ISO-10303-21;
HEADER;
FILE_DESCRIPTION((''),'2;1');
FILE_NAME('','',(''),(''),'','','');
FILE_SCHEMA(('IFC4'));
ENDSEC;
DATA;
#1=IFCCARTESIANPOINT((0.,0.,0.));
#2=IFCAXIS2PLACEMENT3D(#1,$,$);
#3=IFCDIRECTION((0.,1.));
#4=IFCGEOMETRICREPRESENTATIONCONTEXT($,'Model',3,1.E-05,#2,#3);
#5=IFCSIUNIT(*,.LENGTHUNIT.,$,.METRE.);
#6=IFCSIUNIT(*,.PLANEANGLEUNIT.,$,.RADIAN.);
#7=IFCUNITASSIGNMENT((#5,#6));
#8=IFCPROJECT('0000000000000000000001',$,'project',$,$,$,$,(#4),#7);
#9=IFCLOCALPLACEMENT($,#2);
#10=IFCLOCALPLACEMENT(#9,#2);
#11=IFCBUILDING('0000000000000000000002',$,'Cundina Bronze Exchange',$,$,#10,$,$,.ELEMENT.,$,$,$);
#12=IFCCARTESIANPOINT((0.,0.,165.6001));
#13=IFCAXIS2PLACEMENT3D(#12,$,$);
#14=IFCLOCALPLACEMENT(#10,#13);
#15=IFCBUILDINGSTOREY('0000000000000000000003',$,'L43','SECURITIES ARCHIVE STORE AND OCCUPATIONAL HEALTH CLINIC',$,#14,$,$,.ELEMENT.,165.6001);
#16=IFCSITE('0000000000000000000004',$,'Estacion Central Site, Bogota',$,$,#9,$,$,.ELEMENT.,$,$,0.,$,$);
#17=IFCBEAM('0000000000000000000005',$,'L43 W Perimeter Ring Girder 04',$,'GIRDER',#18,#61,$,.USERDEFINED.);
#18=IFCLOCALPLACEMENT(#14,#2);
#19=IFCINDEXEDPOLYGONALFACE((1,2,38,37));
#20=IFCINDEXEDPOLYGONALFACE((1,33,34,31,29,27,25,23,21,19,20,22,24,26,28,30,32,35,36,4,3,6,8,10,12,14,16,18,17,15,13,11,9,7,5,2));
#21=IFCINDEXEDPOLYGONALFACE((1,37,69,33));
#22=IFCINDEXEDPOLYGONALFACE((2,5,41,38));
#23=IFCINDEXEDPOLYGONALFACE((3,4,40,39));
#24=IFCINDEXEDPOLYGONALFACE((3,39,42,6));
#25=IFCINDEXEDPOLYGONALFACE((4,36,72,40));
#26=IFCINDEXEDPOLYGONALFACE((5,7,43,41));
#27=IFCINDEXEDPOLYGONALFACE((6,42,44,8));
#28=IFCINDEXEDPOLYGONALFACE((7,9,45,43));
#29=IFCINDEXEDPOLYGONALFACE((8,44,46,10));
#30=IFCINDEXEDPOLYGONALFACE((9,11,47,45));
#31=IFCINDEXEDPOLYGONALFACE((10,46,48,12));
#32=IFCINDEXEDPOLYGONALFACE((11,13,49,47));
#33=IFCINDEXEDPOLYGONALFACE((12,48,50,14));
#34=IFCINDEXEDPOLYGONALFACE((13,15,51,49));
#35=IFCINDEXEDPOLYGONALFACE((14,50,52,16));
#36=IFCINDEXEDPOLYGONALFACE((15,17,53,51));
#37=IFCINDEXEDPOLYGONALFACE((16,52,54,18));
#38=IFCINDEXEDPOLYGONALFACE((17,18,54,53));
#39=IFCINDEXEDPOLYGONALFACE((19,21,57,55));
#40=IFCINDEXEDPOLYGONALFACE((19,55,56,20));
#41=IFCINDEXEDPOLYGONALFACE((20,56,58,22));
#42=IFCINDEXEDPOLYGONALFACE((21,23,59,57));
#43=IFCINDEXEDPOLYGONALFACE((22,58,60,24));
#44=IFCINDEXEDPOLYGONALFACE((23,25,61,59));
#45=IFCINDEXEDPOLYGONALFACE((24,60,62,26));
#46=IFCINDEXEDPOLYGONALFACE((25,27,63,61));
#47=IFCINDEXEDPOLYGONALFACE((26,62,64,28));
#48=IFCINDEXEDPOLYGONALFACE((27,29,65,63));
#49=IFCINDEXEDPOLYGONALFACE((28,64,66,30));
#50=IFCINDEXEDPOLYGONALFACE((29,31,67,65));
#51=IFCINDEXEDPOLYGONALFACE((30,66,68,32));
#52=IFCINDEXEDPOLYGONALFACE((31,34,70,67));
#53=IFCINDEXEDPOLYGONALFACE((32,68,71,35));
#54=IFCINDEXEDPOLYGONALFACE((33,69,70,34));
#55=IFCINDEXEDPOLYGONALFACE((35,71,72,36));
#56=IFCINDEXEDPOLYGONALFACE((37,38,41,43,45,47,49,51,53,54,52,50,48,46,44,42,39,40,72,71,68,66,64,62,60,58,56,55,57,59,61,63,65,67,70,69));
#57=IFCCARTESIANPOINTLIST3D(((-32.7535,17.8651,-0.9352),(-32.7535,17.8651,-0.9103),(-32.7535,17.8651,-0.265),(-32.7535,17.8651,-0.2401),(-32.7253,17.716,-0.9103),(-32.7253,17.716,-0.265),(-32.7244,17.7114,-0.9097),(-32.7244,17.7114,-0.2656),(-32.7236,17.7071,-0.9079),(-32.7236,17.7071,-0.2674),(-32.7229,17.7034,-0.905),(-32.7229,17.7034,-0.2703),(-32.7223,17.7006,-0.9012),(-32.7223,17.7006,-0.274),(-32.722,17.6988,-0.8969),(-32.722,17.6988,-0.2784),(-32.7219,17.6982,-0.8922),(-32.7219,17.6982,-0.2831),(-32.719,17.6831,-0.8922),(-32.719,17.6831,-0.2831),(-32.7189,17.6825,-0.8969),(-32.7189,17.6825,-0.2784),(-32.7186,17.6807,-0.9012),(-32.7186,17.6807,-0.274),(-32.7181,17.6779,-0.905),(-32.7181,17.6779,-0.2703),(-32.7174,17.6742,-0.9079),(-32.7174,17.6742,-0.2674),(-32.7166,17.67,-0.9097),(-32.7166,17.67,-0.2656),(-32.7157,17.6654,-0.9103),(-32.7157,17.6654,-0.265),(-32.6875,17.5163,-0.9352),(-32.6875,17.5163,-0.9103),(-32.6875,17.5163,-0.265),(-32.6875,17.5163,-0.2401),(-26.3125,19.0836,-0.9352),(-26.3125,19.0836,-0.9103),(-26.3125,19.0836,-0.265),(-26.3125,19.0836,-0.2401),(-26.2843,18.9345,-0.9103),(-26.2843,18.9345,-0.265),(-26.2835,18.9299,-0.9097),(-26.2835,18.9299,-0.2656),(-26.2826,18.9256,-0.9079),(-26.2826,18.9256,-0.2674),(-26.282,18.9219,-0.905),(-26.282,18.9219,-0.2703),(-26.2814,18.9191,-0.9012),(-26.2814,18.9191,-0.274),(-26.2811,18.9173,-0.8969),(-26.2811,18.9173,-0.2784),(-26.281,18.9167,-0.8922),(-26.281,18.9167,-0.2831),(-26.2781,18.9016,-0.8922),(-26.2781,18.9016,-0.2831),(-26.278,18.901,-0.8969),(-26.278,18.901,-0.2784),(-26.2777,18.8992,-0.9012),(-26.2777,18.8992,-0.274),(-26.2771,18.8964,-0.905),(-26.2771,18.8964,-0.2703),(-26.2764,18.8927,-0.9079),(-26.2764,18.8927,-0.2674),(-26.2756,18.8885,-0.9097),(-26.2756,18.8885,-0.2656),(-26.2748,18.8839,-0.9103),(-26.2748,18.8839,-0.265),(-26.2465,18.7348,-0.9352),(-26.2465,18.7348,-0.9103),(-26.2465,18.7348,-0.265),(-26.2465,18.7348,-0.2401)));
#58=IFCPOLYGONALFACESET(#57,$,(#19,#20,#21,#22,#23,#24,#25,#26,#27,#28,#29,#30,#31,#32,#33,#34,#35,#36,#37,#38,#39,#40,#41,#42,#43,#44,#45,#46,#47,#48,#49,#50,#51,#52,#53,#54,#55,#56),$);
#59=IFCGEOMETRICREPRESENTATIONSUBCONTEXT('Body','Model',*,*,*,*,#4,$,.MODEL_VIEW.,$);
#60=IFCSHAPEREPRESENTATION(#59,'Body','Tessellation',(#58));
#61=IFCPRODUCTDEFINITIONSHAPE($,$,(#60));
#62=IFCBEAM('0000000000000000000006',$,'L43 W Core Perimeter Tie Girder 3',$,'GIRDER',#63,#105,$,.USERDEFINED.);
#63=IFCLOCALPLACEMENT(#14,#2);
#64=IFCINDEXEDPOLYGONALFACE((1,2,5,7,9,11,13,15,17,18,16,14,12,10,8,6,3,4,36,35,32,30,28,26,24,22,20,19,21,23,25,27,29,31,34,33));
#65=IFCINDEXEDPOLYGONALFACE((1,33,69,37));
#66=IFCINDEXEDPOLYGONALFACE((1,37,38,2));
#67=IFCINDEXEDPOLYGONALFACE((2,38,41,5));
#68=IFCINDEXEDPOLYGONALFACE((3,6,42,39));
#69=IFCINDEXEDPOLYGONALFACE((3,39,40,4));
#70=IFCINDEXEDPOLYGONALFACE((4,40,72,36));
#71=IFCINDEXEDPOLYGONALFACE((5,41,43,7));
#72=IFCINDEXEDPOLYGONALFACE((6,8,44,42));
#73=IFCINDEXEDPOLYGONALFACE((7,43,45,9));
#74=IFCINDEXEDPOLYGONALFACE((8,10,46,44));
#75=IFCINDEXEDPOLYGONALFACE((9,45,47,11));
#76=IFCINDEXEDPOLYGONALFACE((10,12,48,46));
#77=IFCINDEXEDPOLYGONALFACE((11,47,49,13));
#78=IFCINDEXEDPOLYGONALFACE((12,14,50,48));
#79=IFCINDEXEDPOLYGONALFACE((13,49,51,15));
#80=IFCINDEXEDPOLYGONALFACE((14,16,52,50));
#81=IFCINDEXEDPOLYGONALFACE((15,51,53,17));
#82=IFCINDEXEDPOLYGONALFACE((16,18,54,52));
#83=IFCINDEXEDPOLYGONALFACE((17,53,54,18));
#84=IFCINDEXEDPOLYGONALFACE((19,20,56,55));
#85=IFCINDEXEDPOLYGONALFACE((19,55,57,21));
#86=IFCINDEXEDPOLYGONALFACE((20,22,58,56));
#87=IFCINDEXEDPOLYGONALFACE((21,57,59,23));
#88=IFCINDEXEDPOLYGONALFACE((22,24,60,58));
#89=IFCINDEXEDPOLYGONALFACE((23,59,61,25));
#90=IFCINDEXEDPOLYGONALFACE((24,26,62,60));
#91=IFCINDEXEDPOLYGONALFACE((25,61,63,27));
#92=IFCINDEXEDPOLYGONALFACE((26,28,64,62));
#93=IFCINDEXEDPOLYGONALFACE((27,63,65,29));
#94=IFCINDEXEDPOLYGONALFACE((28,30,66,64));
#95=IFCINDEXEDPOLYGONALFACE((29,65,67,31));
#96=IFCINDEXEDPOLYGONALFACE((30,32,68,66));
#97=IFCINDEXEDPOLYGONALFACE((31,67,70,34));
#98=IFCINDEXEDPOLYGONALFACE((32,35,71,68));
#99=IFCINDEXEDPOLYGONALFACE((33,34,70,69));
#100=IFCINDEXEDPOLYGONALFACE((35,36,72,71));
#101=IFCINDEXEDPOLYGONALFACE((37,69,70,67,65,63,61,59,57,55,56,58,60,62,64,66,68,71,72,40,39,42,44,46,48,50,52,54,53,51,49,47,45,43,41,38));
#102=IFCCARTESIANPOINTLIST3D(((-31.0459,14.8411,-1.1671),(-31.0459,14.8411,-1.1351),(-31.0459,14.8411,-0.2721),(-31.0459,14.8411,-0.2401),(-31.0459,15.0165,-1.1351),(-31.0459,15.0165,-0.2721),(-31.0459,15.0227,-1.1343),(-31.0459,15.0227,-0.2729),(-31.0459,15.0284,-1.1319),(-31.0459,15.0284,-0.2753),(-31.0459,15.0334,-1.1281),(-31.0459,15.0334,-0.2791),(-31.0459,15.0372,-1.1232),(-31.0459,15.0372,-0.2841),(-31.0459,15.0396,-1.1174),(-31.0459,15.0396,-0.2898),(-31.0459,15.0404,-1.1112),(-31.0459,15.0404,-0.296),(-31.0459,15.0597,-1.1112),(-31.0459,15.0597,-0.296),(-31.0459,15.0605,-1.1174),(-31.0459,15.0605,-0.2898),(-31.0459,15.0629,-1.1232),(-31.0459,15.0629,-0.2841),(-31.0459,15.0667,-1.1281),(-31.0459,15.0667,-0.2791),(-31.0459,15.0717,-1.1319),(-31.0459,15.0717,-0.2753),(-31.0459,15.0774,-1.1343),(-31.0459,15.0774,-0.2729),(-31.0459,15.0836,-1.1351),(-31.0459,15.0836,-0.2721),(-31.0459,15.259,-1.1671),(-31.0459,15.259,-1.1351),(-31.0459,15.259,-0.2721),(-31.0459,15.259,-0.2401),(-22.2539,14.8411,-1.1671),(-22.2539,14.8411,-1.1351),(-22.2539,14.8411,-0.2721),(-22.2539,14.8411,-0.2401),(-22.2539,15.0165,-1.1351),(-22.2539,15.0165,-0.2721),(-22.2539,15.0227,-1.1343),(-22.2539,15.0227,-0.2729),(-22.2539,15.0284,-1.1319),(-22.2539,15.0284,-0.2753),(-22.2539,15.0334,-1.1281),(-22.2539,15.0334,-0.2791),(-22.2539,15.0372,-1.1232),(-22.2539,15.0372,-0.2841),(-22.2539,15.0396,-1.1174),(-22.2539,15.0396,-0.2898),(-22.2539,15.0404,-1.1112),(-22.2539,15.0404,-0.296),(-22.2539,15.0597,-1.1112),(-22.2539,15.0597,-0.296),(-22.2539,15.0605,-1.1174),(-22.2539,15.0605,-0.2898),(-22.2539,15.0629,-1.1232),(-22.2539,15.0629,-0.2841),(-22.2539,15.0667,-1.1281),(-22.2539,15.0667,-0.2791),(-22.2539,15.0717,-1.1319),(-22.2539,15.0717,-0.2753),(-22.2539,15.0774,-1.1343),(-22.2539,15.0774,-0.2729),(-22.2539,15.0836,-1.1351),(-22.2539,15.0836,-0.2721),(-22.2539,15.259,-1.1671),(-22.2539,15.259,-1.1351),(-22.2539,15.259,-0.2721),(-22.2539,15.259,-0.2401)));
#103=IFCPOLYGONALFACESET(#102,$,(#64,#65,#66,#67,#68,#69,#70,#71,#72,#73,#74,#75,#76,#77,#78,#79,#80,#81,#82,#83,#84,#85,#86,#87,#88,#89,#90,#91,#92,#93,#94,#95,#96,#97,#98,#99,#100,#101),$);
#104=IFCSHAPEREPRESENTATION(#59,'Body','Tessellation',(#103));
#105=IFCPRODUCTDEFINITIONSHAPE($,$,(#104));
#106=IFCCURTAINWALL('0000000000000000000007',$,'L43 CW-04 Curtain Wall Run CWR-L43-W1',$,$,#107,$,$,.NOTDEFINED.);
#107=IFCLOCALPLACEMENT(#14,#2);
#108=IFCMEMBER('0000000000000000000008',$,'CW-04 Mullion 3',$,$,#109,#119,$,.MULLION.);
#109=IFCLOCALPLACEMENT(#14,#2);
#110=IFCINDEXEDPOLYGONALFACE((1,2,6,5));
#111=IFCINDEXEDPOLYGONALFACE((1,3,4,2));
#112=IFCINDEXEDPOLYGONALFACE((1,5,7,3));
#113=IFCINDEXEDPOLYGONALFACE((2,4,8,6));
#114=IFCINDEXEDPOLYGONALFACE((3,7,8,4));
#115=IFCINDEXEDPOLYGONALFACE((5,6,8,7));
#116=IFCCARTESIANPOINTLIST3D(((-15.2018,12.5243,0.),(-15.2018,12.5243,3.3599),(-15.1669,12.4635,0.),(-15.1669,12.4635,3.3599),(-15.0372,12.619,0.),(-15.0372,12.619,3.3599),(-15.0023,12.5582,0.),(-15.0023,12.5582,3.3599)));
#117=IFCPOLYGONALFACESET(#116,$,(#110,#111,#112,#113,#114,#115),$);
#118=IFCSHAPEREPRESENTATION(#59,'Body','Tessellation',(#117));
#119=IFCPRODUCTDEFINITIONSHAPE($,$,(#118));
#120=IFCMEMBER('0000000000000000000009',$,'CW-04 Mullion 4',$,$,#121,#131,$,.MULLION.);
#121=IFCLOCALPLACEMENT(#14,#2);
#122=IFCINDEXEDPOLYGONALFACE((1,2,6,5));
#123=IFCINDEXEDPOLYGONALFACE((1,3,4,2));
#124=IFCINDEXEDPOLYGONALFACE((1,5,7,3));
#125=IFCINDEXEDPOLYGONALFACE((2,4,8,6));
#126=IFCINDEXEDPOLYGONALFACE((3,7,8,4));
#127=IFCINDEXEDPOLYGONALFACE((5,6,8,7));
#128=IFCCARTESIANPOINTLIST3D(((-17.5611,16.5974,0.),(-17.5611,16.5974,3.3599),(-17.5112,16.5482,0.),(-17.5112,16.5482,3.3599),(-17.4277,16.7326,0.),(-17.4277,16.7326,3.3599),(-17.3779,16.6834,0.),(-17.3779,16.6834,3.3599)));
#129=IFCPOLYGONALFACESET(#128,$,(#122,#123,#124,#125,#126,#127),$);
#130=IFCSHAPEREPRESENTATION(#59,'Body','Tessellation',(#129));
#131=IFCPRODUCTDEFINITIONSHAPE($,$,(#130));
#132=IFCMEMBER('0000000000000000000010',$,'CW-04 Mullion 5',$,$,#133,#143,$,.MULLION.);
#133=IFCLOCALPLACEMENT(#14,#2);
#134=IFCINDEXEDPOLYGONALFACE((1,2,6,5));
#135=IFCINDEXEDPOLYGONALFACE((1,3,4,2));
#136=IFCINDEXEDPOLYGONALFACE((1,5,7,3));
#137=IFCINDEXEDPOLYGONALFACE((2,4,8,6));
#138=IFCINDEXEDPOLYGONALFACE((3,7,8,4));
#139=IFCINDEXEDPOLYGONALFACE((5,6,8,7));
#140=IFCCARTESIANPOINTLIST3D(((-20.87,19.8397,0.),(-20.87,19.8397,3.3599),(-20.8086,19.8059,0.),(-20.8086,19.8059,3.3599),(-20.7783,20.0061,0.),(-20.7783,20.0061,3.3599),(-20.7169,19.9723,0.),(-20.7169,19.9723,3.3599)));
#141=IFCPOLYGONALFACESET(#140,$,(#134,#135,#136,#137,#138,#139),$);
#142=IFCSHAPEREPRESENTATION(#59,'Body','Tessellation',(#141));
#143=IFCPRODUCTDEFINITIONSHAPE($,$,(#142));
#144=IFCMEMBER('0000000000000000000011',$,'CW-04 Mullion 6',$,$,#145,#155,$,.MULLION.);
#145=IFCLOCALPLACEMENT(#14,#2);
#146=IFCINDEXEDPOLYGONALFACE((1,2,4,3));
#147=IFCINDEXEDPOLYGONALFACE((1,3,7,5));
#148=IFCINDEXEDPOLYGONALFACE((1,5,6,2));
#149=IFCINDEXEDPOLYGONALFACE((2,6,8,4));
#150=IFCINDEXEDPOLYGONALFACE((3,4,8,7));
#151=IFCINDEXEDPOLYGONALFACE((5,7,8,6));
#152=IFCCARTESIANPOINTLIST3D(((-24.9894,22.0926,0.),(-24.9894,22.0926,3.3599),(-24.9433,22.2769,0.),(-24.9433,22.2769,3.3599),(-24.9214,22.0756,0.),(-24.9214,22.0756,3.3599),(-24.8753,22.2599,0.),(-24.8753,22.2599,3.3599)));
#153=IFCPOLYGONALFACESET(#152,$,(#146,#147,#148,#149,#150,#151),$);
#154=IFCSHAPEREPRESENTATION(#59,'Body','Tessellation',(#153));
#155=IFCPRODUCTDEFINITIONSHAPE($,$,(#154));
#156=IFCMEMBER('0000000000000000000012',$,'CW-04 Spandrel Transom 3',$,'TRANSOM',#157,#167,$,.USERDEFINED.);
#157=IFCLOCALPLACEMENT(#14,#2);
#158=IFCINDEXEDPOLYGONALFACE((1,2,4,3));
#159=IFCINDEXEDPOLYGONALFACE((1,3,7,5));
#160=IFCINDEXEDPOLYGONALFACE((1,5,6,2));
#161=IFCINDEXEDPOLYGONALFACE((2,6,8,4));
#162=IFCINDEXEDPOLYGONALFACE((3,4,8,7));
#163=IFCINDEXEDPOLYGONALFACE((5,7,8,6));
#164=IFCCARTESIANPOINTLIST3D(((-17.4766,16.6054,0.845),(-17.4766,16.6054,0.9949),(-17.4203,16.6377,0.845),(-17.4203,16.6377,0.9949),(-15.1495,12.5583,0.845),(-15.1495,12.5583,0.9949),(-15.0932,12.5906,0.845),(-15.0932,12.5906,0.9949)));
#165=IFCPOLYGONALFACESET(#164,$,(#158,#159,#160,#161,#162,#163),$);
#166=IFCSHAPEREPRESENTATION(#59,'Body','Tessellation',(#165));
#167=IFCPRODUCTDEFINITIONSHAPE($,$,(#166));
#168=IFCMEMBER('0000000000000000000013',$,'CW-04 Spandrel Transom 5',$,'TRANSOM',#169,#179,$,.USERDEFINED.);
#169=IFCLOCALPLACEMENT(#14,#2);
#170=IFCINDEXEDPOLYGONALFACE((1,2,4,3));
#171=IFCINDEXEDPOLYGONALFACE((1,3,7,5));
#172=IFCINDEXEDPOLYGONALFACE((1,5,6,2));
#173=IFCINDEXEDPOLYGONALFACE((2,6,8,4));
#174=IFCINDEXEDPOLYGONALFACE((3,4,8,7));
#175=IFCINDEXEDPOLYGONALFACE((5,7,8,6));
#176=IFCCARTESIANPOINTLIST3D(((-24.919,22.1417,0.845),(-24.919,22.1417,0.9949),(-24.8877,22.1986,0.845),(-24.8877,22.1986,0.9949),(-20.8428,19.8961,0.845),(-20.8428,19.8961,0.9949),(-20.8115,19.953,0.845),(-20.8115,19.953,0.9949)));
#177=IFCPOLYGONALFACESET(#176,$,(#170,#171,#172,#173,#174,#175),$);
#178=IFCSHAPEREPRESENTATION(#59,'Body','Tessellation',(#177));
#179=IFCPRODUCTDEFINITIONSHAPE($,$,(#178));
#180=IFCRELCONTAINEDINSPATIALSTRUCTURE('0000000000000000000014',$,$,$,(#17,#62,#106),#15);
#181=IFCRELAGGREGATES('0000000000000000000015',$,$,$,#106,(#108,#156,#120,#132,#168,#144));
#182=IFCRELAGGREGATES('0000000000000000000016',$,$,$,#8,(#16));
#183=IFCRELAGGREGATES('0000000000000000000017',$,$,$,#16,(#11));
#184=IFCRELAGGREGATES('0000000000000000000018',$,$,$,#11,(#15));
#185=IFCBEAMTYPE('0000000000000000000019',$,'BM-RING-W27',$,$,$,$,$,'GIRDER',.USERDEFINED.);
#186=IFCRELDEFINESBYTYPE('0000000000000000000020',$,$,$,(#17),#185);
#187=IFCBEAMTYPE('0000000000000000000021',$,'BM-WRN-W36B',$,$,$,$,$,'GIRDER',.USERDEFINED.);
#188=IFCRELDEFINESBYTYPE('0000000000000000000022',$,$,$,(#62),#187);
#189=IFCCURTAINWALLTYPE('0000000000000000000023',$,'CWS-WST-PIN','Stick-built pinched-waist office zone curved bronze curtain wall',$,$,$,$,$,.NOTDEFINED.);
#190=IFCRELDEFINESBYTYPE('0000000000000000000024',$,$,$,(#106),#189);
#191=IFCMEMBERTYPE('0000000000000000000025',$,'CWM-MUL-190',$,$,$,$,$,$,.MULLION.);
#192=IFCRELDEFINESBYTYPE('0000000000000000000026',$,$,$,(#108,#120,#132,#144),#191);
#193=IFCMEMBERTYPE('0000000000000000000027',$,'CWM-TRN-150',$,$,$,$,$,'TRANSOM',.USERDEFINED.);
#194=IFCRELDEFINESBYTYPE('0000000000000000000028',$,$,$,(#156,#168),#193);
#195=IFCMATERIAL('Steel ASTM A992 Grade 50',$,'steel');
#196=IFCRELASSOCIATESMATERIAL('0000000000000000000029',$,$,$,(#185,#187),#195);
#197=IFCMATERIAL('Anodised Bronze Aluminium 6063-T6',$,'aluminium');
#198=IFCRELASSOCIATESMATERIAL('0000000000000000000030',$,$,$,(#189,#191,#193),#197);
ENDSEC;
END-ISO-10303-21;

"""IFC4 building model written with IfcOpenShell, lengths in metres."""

from ifc_helpers import new_model, si_unit, direction, frame, origin, origin_2d, place, context, subcontext, project, spatial, rectangle, i_section, extrude, material, material_profile, profile_set, type_object, element, aggregate, save


model = new_model("IFC4")

# Units and contexts
model_context = context("Model", 3, precision=1e-05, world=origin(), true_north=direction((0.0, 1.0)))
body_context = subcontext(model_context, "Body", "Model", "MODEL_VIEW")
ifc_project = project(units=[si_unit("LENGTHUNIT", "METRE"), si_unit("PLANEANGLEUNIT", "RADIAN")], contexts=[model_context])

# Site, building, storey
site_placement = place(None, origin())
site = spatial("IfcSite", under=ifc_project, at=site_placement, Name="Estacion Central Site, Bogota", CompositionType="ELEMENT", RefElevation=0.0)
building_placement = place(site_placement, origin())
building = spatial("IfcBuilding", under=site, at=building_placement, Name="Cundina Bronze Exchange", CompositionType="ELEMENT")
storey_placement = place(building_placement, frame((0.0, 0.0, 165.6001)))
storey = spatial("IfcBuildingStorey", under=building, at=storey_placement, Name="L43", Description="SECURITIES ARCHIVE STORE AND OCCUPATIONAL HEALTH CLINIC", CompositionType="ELEMENT", Elevation=165.6001)

# Shared definitions
ifc_material_1 = material(Name="Steel ASTM A992 Grade 50", Category="steel")

# Beams
ifc_material_profile_1 = material_profile(ifc_material_1, i_section(OverallWidth=0.355, OverallDepth=0.6951, WebThickness=0.0154, FlangeThickness=0.0249, FilletRadius=0.0181, at=origin_2d()), Name="W27X146", Category="steel")
ifc_profile_set_1 = profile_set([ifc_material_profile_1], Name="Steel ASTM A992 Grade 50")
beam_type_1 = type_object("IfcBeamType", Name="BM-RING-W27", ElementType="GIRDER", PredefinedType="USERDEFINED", material=ifc_profile_set_1)
beam_1_placement = place(storey_placement, frame((-26.2795, 18.9092, -0.5876), z_axis=(-0.982572, -0.185885, 0.0), x_axis=(0.185885, -0.982572, 0.0)))
element("IfcBeam", 1, at=beam_1_placement, inside=storey, type_object=beam_type_1, Name="L43 W Perimeter Ring Girder 04", ObjectType="GIRDER", PredefinedType="USERDEFINED", context=body_context, shape_type="SweptSolid", body=[
    extrude(i_section(OverallWidth=0.355, OverallDepth=0.6951, WebThickness=0.0154, FlangeThickness=0.0249, FilletRadius=0.0181, at=origin_2d()), origin(), (0.0, 0.0, 1.0), 6.5552),
])
ifc_material_profile_2 = material_profile(ifc_material_1, i_section(OverallWidth=0.418, OverallDepth=0.927, WebThickness=0.0193, FlangeThickness=0.032, FilletRadius=0.0239, at=origin_2d()), Name="W36X231", Category="steel")
ifc_profile_set_2 = profile_set([ifc_material_profile_2], Name="Steel ASTM A992 Grade 50")
beam_type_2 = type_object("IfcBeamType", Name="BM-WRN-W36B", ElementType="GIRDER", PredefinedType="USERDEFINED", material=ifc_profile_set_2)
beam_2_placement = place(storey_placement, frame((-22.2539, 15.05, -0.7036), z_axis=(-1.0, 0.0, 0.0), x_axis=(0.0, -1.0, 0.0)))
element("IfcBeam", 2, at=beam_2_placement, inside=storey, type_object=beam_type_2, Name="L43 W Core Perimeter Tie Girder 3", ObjectType="GIRDER", PredefinedType="USERDEFINED", context=body_context, shape_type="SweptSolid", body=[
    extrude(i_section(OverallWidth=0.418, OverallDepth=0.927, WebThickness=0.0193, FlangeThickness=0.032, FilletRadius=0.0239, at=origin_2d()), origin(), (0.0, 0.0, 1.0), 8.792),
])

# Curtain wall, members
ifc_material_2 = material(Name="Anodised Bronze Aluminium 6063-T6", Category="aluminium")
curtain_wall_type = type_object("IfcCurtainWallType", Name="CWS-WST-PIN", Description="Stick-built pinched-waist office zone curved bronze curtain wall", PredefinedType="NOTDEFINED", material=ifc_material_2)
curtain_wall_placement = place(storey_placement, origin())
curtain_wall = element("IfcCurtainWall", 3, at=curtain_wall_placement, inside=storey, type_object=curtain_wall_type, Name="L43 CW-04 Curtain Wall Run CWR-L43-W1", PredefinedType="NOTDEFINED")
ifc_material_profile_3 = material_profile(ifc_material_2, rectangle(XDim=0.0701, YDim=0.1899, at=origin_2d()), Name="AL70X190", Category="aluminium")
ifc_profile_set_3 = profile_set([ifc_material_profile_3], Name="Anodised Bronze Aluminium 6063-T6")
member_type_1 = type_object("IfcMemberType", Name="CWM-MUL-190", PredefinedType="MULLION", material=ifc_profile_set_3)
member_1_placement = place(storey_placement, frame((-15.1021, 12.5413, 0.0), z_axis=(0.0, 0.0, 1.0), x_axis=(-0.498488, 0.866897, 0.0)))
member_1 = element("IfcMember", 4, at=member_1_placement, type_object=member_type_1, Name="CW-04 Mullion 3", PredefinedType="MULLION", context=body_context, shape_type="SweptSolid", body=[
    extrude(rectangle(XDim=0.0701, YDim=0.1899, at=origin_2d()), origin(), (0.0, 0.0, 1.0), 3.3599),
])
member_2_placement = place(storey_placement, frame((-17.4695, 16.6404, 0.0), z_axis=(0.0, 0.0, 1.0), x_axis=(-0.712026, 0.702153, 0.0)))
member_2 = element("IfcMember", 5, at=member_2_placement, type_object=member_type_1, Name="CW-04 Mullion 4", PredefinedType="MULLION", context=body_context, shape_type="SweptSolid", body=[
    extrude(rectangle(XDim=0.0701, YDim=0.1899, at=origin_2d()), origin(), (0.0, 0.0, 1.0), 3.3599),
])
member_3_placement = place(storey_placement, frame((-20.7935, 19.906, 0.0), z_axis=(0.0, 0.0, 1.0), x_axis=(-0.875886, 0.482518, 0.0)))
member_3 = element("IfcMember", 6, at=member_3_placement, type_object=member_type_1, Name="CW-04 Mullion 5", PredefinedType="MULLION", context=body_context, shape_type="SweptSolid", body=[
    extrude(rectangle(XDim=0.0701, YDim=0.1899, at=origin_2d()), origin(), (0.0, 0.0, 1.0), 3.3599),
])
member_4_placement = place(storey_placement, frame((-24.9324, 22.1763, 0.0), z_axis=(0.0, 0.0, 1.0), x_axis=(-0.970084, 0.242769, 0.0)))
member_4 = element("IfcMember", 7, at=member_4_placement, type_object=member_type_1, Name="CW-04 Mullion 6", PredefinedType="MULLION", context=body_context, shape_type="SweptSolid", body=[
    extrude(rectangle(XDim=0.0701, YDim=0.1899, at=origin_2d()), origin(), (0.0, 0.0, 1.0), 3.3599),
])
ifc_material_profile_4 = material_profile(ifc_material_2, rectangle(XDim=0.0649, YDim=0.1499, at=origin_2d()), Name="AL65X150", Category="aluminium")
ifc_profile_set_4 = profile_set([ifc_material_profile_4], Name="Anodised Bronze Aluminium 6063-T6")
member_type_2 = type_object("IfcMemberType", Name="CWM-TRN-150", ElementType="TRANSOM", PredefinedType="USERDEFINED", material=ifc_profile_set_4)
member_5_placement = place(storey_placement, frame((-15.1213, 12.5745, 0.9199), z_axis=(-0.49848, 0.866901, 0.0), x_axis=(-0.866901, -0.49848, 0.0)))
member_5 = element("IfcMember", 8, at=member_5_placement, type_object=member_type_2, Name="CW-04 Spandrel Transom 3", ObjectType="TRANSOM", PredefinedType="USERDEFINED", context=body_context, shape_type="SweptSolid", body=[
    extrude(rectangle(XDim=0.0649, YDim=0.1499, at=origin_2d()), origin(), (0.0, 0.0, 1.0), 4.6685),
])
member_6_placement = place(storey_placement, frame((-20.8271, 19.9246, 0.9199), z_axis=(-0.875879, 0.482531, 0.0), x_axis=(-0.482531, -0.875879, 0.0)))
member_6 = element("IfcMember", 9, at=member_6_placement, type_object=member_type_2, Name="CW-04 Spandrel Transom 5", ObjectType="TRANSOM", PredefinedType="USERDEFINED", context=body_context, shape_type="SweptSolid", body=[
    extrude(rectangle(XDim=0.0649, YDim=0.1499, at=origin_2d()), origin(), (0.0, 0.0, 1.0), 4.6538),
])
aggregate(curtain_wall, [member_1, member_5, member_2, member_3, member_6, member_4])

save(model, "model.ifc")
